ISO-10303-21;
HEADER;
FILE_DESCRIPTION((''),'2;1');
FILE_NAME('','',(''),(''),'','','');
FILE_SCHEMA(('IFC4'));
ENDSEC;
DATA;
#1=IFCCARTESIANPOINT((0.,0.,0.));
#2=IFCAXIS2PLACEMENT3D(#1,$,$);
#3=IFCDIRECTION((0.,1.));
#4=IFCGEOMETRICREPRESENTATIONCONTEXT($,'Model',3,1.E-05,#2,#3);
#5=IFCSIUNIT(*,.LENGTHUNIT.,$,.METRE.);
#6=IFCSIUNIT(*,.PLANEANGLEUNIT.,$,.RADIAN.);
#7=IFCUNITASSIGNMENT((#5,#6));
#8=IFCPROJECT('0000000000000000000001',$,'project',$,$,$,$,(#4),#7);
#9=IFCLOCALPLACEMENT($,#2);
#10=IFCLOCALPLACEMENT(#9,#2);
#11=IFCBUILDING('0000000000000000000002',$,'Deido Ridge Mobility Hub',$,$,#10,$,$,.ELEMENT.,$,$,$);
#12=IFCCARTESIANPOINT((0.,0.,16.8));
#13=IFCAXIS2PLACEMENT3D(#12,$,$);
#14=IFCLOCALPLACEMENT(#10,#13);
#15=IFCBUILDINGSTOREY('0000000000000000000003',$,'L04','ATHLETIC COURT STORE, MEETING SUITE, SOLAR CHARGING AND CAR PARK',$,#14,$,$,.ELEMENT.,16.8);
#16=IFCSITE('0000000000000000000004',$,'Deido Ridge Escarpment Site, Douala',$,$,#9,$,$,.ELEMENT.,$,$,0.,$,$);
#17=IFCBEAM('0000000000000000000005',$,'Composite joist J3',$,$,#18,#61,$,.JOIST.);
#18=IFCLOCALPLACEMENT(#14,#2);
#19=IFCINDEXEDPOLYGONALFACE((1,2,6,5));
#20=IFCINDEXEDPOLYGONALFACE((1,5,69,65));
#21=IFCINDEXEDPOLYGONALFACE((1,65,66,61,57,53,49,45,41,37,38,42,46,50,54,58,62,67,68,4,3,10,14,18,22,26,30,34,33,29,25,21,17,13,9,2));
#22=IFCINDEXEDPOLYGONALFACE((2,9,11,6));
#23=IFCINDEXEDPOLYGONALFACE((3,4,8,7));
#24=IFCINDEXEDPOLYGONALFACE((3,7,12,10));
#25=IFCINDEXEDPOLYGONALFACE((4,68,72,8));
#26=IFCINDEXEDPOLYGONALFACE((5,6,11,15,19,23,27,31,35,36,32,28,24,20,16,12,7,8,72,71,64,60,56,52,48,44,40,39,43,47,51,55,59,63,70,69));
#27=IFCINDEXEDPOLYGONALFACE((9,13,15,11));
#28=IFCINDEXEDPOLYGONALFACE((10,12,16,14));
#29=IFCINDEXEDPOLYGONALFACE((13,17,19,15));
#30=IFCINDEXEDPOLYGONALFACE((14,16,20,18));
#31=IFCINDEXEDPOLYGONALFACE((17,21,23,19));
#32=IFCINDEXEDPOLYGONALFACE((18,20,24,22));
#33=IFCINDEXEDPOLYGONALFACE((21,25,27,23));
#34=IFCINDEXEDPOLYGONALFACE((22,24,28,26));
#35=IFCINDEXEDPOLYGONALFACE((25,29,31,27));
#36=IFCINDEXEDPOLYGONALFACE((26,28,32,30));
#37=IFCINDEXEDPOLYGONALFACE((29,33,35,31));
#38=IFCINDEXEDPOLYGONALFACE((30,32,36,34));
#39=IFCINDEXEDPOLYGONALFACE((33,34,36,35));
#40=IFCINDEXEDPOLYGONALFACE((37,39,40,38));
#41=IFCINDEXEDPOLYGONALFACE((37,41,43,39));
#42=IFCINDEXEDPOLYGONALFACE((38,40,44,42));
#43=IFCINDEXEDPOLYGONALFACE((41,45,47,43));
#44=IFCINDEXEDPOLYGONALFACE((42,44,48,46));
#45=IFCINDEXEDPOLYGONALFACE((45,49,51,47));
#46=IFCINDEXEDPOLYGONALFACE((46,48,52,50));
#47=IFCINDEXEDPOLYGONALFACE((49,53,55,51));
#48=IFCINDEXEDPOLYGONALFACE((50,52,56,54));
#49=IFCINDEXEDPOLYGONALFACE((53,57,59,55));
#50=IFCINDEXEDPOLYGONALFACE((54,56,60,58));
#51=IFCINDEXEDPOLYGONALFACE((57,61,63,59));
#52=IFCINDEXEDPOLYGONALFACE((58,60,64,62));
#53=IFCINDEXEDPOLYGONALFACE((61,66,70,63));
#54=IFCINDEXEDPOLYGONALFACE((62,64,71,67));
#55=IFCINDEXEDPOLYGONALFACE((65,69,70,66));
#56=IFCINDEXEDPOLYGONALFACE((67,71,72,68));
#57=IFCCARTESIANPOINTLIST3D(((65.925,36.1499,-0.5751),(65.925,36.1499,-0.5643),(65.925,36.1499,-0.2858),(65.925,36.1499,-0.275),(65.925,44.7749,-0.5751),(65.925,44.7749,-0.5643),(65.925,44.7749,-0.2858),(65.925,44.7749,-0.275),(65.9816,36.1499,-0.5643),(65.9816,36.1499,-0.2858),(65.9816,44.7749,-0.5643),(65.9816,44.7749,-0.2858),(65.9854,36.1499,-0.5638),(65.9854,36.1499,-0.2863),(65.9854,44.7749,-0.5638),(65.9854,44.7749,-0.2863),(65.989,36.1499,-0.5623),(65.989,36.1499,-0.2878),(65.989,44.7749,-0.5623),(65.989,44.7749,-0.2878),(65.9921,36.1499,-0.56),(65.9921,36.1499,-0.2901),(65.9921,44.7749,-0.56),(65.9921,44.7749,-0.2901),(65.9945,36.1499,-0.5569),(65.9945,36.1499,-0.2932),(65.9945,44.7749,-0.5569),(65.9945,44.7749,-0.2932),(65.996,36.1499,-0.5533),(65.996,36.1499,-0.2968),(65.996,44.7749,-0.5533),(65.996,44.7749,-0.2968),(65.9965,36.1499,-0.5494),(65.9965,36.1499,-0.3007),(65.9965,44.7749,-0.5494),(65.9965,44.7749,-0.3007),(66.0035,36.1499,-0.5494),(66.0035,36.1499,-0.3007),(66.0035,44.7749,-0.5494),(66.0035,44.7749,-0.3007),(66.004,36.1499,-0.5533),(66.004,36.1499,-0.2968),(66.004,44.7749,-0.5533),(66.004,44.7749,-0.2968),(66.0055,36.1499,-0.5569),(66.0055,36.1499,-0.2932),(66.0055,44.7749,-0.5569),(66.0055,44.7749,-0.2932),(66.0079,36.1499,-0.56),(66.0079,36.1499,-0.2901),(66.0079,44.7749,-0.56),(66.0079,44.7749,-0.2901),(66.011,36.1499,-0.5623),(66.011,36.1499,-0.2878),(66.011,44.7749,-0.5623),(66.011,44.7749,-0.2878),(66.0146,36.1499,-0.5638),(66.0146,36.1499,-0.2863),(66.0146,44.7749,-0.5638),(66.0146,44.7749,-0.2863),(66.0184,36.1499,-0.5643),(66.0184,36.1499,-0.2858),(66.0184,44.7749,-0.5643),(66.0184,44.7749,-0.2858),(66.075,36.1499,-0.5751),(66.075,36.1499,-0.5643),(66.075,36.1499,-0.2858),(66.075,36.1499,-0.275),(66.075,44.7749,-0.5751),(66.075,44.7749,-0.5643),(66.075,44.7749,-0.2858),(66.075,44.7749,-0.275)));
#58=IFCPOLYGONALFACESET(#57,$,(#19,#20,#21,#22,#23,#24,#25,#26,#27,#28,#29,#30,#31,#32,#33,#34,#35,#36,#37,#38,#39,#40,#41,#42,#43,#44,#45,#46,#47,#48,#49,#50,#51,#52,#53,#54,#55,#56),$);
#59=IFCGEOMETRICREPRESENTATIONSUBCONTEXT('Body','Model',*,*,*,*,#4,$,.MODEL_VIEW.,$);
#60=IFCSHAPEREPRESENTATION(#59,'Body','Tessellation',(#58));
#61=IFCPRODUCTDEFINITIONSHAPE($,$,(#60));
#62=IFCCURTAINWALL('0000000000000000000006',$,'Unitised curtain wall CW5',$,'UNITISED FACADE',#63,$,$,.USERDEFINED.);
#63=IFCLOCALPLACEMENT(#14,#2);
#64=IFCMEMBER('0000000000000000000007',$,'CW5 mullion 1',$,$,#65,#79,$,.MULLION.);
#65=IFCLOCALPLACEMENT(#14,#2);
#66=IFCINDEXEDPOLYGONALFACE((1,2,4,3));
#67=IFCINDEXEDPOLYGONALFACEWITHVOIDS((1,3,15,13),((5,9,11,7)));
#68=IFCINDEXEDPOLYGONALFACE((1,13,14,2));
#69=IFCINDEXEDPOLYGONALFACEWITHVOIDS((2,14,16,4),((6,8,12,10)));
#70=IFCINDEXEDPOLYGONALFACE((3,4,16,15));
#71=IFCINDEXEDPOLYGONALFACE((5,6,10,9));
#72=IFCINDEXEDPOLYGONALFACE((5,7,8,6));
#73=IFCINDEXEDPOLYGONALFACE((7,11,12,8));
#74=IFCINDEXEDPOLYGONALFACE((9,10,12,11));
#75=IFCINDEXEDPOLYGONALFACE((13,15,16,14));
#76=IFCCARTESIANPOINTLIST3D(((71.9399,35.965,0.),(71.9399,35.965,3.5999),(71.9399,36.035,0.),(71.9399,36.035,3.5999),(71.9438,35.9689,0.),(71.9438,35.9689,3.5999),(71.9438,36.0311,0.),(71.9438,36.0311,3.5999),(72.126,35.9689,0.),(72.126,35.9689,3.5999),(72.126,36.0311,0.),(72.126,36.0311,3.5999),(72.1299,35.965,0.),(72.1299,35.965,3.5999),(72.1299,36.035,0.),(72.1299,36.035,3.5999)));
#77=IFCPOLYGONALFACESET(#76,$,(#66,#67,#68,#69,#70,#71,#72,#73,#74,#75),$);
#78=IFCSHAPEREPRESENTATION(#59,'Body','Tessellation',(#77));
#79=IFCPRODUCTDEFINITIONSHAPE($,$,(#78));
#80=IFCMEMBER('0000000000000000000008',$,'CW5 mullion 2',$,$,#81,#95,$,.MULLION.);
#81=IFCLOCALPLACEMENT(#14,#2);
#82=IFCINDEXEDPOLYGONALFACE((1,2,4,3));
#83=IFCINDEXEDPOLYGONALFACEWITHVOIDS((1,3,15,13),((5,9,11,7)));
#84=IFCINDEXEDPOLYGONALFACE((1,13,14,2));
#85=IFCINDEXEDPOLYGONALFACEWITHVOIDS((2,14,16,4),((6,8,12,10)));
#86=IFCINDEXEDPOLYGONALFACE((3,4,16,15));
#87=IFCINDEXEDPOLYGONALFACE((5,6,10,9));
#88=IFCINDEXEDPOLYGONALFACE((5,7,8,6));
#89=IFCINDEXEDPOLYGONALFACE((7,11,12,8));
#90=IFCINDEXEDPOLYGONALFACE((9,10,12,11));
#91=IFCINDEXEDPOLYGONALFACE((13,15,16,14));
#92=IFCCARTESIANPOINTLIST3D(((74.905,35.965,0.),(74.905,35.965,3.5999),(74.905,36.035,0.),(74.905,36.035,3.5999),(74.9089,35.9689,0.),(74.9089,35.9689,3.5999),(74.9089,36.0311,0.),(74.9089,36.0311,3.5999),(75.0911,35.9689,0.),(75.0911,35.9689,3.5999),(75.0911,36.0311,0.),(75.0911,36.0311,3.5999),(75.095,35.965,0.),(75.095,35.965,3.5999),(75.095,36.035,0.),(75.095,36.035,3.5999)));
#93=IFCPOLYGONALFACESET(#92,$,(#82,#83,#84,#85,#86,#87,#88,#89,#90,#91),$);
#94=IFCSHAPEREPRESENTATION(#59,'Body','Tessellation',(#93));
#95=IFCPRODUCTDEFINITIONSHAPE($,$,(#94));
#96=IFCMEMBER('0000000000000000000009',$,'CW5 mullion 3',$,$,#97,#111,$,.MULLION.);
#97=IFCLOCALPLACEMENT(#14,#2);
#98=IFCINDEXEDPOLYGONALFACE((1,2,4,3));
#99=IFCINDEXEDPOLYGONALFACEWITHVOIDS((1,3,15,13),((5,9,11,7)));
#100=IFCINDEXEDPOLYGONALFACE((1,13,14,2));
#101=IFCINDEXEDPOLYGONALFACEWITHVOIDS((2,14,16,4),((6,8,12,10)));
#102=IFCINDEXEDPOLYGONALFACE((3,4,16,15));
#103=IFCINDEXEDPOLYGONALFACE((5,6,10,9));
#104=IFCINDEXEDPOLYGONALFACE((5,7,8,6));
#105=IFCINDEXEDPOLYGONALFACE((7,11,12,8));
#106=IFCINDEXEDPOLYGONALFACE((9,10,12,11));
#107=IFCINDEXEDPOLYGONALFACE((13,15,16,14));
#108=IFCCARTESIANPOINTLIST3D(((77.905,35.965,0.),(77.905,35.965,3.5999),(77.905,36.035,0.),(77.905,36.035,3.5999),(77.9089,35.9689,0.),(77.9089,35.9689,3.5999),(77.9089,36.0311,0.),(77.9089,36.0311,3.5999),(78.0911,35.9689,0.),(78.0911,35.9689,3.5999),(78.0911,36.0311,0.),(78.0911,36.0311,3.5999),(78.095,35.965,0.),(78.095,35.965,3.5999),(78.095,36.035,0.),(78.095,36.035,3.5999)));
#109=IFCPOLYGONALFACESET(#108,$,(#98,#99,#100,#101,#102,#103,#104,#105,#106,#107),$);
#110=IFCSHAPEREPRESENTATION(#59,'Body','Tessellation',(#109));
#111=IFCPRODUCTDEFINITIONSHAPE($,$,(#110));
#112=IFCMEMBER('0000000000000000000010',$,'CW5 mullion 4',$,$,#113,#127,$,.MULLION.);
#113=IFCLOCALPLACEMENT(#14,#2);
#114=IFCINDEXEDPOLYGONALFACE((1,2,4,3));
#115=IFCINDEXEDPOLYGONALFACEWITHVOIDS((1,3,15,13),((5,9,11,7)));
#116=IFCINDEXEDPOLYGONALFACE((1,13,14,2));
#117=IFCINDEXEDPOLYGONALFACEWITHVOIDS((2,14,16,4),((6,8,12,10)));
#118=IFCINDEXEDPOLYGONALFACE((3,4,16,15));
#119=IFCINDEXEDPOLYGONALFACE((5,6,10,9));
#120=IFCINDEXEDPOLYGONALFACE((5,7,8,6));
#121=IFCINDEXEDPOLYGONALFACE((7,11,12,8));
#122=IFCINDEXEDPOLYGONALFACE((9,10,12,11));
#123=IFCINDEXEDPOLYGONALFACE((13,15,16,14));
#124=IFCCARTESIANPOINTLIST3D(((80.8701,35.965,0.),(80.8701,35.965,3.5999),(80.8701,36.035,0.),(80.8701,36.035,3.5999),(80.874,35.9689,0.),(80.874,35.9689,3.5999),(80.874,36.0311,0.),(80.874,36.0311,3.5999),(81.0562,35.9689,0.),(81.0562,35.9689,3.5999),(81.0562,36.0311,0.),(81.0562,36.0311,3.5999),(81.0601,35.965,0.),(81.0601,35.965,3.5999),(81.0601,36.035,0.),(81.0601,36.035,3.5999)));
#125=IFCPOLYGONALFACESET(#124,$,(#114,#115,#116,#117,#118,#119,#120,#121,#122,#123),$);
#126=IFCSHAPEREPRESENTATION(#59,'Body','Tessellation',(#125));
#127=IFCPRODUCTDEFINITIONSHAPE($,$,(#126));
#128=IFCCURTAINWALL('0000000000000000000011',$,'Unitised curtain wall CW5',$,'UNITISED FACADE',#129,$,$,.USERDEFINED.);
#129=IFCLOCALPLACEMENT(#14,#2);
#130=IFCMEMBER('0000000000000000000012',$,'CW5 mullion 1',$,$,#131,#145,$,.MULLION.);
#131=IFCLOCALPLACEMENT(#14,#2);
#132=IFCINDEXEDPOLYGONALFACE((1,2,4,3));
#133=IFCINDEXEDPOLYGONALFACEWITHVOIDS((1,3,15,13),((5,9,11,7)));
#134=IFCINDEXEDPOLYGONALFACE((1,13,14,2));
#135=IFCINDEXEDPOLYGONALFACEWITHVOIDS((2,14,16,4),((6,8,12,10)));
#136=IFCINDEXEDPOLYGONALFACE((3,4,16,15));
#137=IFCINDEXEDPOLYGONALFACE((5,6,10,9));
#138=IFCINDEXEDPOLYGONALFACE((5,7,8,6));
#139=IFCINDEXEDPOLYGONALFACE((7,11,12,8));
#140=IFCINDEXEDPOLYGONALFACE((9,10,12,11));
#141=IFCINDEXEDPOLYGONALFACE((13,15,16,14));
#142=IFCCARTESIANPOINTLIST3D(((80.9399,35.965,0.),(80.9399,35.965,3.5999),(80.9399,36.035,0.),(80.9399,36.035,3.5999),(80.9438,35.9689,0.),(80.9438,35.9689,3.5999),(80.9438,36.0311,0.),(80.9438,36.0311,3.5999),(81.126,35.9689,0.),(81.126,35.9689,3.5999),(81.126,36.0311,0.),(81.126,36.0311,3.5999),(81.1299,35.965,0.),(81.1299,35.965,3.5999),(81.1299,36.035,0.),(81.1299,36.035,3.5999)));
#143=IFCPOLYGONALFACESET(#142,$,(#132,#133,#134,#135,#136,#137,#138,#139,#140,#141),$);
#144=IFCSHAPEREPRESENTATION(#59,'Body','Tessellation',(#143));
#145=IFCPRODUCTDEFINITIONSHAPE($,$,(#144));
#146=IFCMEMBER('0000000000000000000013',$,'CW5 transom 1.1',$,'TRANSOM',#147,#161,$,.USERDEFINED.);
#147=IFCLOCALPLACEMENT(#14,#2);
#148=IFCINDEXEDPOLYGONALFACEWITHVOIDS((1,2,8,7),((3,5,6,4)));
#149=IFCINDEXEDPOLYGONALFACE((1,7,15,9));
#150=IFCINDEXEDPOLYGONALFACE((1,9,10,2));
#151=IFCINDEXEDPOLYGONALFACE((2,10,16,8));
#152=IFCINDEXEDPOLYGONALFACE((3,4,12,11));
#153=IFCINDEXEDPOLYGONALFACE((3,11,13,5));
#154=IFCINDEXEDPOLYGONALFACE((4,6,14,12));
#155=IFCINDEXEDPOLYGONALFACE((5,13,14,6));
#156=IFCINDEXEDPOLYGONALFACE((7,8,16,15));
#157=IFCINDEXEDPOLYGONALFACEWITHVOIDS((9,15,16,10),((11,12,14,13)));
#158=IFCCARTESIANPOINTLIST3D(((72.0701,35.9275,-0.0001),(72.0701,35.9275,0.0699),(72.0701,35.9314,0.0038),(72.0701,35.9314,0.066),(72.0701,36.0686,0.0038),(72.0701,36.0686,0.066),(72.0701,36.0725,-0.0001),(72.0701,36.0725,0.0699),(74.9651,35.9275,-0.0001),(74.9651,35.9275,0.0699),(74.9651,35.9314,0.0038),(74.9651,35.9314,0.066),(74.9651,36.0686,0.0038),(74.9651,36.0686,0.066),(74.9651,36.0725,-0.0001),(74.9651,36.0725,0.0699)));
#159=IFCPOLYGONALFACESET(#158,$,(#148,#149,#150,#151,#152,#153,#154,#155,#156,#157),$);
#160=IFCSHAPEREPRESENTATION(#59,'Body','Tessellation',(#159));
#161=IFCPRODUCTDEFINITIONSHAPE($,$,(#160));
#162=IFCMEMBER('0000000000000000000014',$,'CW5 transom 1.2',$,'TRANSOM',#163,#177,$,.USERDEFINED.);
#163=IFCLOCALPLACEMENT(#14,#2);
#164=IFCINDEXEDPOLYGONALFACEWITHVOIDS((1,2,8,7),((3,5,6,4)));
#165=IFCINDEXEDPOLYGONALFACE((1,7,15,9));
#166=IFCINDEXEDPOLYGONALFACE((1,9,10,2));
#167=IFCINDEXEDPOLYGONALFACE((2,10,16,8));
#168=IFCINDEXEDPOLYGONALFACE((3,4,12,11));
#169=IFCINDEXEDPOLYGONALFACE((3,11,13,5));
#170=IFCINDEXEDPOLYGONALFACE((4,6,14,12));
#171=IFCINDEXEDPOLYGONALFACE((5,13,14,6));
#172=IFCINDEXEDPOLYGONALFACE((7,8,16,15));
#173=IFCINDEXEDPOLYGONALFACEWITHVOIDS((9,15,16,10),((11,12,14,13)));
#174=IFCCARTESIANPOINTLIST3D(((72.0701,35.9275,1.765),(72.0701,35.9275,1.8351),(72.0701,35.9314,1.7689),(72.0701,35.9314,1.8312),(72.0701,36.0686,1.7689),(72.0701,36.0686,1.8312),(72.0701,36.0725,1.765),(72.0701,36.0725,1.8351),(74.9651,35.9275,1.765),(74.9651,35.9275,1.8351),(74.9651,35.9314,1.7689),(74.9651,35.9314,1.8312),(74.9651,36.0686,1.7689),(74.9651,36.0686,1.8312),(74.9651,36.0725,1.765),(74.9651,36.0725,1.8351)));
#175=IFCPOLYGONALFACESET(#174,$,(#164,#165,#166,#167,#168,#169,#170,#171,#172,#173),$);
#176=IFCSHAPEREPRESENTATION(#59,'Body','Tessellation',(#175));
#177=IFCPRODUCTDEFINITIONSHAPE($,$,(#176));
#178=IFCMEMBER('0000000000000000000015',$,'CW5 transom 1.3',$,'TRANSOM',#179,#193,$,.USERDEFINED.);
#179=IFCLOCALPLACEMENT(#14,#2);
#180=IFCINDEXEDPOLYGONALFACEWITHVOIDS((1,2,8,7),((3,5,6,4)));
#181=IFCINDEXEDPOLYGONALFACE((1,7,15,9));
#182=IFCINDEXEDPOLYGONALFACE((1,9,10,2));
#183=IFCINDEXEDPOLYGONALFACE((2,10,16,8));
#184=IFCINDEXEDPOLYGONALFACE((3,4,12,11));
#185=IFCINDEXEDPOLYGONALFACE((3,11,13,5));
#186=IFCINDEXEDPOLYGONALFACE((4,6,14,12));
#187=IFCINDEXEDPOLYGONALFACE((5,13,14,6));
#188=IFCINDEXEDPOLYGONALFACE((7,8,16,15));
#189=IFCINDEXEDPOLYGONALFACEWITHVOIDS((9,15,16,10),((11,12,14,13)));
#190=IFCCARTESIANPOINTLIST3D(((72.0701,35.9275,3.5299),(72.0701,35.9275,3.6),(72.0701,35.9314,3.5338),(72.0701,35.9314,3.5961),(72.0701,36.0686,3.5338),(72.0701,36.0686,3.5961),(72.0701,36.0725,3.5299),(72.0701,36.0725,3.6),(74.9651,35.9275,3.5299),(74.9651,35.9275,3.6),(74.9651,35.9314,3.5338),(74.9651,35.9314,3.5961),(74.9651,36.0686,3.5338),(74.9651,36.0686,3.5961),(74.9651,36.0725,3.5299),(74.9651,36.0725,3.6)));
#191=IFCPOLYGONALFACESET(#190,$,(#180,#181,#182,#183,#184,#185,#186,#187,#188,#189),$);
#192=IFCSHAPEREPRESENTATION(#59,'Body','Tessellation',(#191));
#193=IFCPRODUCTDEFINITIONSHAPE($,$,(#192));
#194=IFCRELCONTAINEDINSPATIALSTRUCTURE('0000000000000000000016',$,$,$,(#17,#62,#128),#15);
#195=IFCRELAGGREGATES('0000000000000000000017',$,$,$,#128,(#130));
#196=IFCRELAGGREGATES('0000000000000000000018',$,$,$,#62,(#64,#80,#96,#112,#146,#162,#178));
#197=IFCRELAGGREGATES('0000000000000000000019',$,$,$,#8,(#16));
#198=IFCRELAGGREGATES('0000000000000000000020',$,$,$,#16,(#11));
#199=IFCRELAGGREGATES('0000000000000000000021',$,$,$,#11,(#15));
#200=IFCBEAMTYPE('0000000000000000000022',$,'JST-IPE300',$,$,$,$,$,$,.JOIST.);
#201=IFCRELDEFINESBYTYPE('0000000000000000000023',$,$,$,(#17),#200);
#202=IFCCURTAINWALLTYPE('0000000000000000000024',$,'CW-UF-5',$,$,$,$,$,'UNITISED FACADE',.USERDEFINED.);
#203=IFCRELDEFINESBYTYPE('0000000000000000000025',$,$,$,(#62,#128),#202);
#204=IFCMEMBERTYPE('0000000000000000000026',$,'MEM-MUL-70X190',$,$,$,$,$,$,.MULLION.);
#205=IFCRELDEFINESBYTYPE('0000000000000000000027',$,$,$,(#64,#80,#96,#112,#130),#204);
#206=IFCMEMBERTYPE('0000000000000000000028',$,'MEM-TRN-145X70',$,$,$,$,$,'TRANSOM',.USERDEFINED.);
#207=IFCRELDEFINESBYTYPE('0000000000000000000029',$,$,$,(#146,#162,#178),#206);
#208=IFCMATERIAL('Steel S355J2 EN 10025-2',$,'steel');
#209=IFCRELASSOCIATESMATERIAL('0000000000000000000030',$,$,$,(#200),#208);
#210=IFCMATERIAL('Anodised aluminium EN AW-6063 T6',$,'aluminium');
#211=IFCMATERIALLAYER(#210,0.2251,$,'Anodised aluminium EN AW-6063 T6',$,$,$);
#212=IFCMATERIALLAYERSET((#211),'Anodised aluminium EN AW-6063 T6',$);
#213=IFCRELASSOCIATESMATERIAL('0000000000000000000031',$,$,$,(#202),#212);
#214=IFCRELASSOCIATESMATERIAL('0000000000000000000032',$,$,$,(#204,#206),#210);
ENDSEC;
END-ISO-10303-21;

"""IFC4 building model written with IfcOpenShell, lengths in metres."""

from ifc_helpers import new_model, si_unit, direction, frame, origin, origin_2d, place, context, subcontext, project, spatial, hollow_rectangle, i_section, extrude, material, layer, layer_set, material_profile, profile_set, type_object, element, aggregate, save


model = new_model("IFC4")

# Units and contexts
model_context = context("Model", 3, precision=1e-05, world=origin(), true_north=direction((0.0, 1.0)))
body_context = subcontext(model_context, "Body", "Model", "MODEL_VIEW")
ifc_project = project(units=[si_unit("LENGTHUNIT", "METRE"), si_unit("PLANEANGLEUNIT", "RADIAN")], contexts=[model_context])

# Site, building, storey
site_placement = place(None, origin())
site = spatial("IfcSite", under=ifc_project, at=site_placement, Name="Deido Ridge Escarpment Site, Douala", CompositionType="ELEMENT", RefElevation=0.0)
building_placement = place(site_placement, origin())
building = spatial("IfcBuilding", under=site, at=building_placement, Name="Deido Ridge Mobility Hub", CompositionType="ELEMENT")
storey_placement = place(building_placement, frame((0.0, 0.0, 16.8)))
storey = spatial("IfcBuildingStorey", under=building, at=storey_placement, Name="L04", Description="ATHLETIC COURT STORE, MEETING SUITE, SOLAR CHARGING AND CAR PARK", CompositionType="ELEMENT", Elevation=16.8)

# Beam
ifc_material_1 = material(Name="Steel S355J2 EN 10025-2", Category="steel")
ifc_material_profile_1 = material_profile(ifc_material_1, i_section(OverallWidth=0.1499, OverallDepth=0.3, WebThickness=0.0071, FlangeThickness=0.0107, FilletRadius=0.0149, at=origin_2d()), Name="IPE 300")
ifc_profile_set_1 = profile_set([ifc_material_profile_1], Name="Steel S355J2 EN 10025-2")
beam_type_1 = type_object("IfcBeamType", Name="JST-IPE300", PredefinedType="JOIST", material=ifc_profile_set_1)
beam_placement = place(storey_placement, frame((66.0, 36.1499, -0.425), z_axis=(0.0, 1.0, 0.0), x_axis=(-1.0, 0.0, 0.0)))
element("IfcBeam", 1, at=beam_placement, inside=storey, type_object=beam_type_1, Name="Composite joist J3", PredefinedType="JOIST", context=body_context, shape_type="SweptSolid", body=[
    extrude(i_section(OverallWidth=0.1499, OverallDepth=0.3, WebThickness=0.0071, FlangeThickness=0.0107, FilletRadius=0.0149, at=origin_2d()), origin(), (0.0, 0.0, 1.0), 8.625),
])

# Curtain wall, members
ifc_material_2 = material(Name="Anodised aluminium EN AW-6063 T6", Category="aluminium")
ifc_layer_1 = layer(ifc_material_2, 0.2251, Name="Anodised aluminium EN AW-6063 T6")
ifc_layer_set_1 = layer_set([ifc_layer_1], Name="Anodised aluminium EN AW-6063 T6")
curtain_wall_type = type_object("IfcCurtainWallType", Name="CW-UF-5", ElementType="UNITISED FACADE", PredefinedType="USERDEFINED", material=ifc_layer_set_1)
curtain_wall_1_placement = place(storey_placement, origin())
curtain_wall_1 = element("IfcCurtainWall", 2, at=curtain_wall_1_placement, inside=storey, type_object=curtain_wall_type, Name="Unitised curtain wall CW5", ObjectType="UNITISED FACADE", PredefinedType="USERDEFINED")
ifc_material_profile_2 = material_profile(ifc_material_2, hollow_rectangle(XDim=0.0701, YDim=0.1899, WallThickness=0.0039, at=origin_2d()), Name="RHS 70x190x4")
ifc_profile_set_2 = profile_set([ifc_material_profile_2], Name="Anodised aluminium EN AW-6063 T6")
member_type_1 = type_object("IfcMemberType", Name="MEM-MUL-70X190", PredefinedType="MULLION", material=ifc_profile_set_2)
member_1_placement = place(storey_placement, frame((72.0349, 36.0, 0.0), z_axis=(0.0, 0.0, 1.0), x_axis=(0.0, 1.0, 0.0)))
member_1 = element("IfcMember", 3, at=member_1_placement, type_object=member_type_1, Name="CW5 mullion 1", PredefinedType="MULLION", context=body_context, shape_type="SweptSolid", body=[
    extrude(hollow_rectangle(XDim=0.0701, YDim=0.1899, WallThickness=0.0039, at=origin_2d()), origin(), (0.0, 0.0, 1.0), 3.5999),
])
member_2_placement = place(storey_placement, frame((75.0, 36.0, 0.0), z_axis=(0.0, 0.0, 1.0), x_axis=(0.0, 1.0, 0.0)))
member_2 = element("IfcMember", 4, at=member_2_placement, type_object=member_type_1, Name="CW5 mullion 2", PredefinedType="MULLION", context=body_context, shape_type="SweptSolid", body=[
    extrude(hollow_rectangle(XDim=0.0701, YDim=0.1899, WallThickness=0.0039, at=origin_2d()), origin(), (0.0, 0.0, 1.0), 3.5999),
])
member_3_placement = place(storey_placement, frame((78.0, 36.0, 0.0), z_axis=(0.0, 0.0, 1.0), x_axis=(0.0, 1.0, 0.0)))
member_3 = element("IfcMember", 5, at=member_3_placement, type_object=member_type_1, Name="CW5 mullion 3", PredefinedType="MULLION", context=body_context, shape_type="SweptSolid", body=[
    extrude(hollow_rectangle(XDim=0.0701, YDim=0.1899, WallThickness=0.0039, at=origin_2d()), origin(), (0.0, 0.0, 1.0), 3.5999),
])
member_4_placement = place(storey_placement, frame((80.9651, 36.0, 0.0), z_axis=(0.0, 0.0, 1.0), x_axis=(0.0, 1.0, 0.0)))
member_4 = element("IfcMember", 6, at=member_4_placement, type_object=member_type_1, Name="CW5 mullion 4", PredefinedType="MULLION", context=body_context, shape_type="SweptSolid", body=[
    extrude(hollow_rectangle(XDim=0.0701, YDim=0.1899, WallThickness=0.0039, at=origin_2d()), origin(), (0.0, 0.0, 1.0), 3.5999),
])

# Curtain wall, member
curtain_wall_2_placement = place(storey_placement, origin())
curtain_wall_2 = element("IfcCurtainWall", 7, at=curtain_wall_2_placement, inside=storey, type_object=curtain_wall_type, Name="Unitised curtain wall CW5", ObjectType="UNITISED FACADE", PredefinedType="USERDEFINED")
member_5_placement = place(storey_placement, frame((81.0349, 36.0, 0.0), z_axis=(0.0, 0.0, 1.0), x_axis=(0.0, 1.0, 0.0)))
member_5 = element("IfcMember", 8, at=member_5_placement, type_object=member_type_1, Name="CW5 mullion 1", PredefinedType="MULLION", context=body_context, shape_type="SweptSolid", body=[
    extrude(hollow_rectangle(XDim=0.0701, YDim=0.1899, WallThickness=0.0039, at=origin_2d()), origin(), (0.0, 0.0, 1.0), 3.5999),
])
aggregate(curtain_wall_2, [member_5])

# Members
ifc_material_profile_3 = material_profile(ifc_material_2, hollow_rectangle(XDim=0.145, YDim=0.0701, WallThickness=0.0039, at=origin_2d()), Name="RHS 145x70x4")
ifc_profile_set_3 = profile_set([ifc_material_profile_3], Name="Anodised aluminium EN AW-6063 T6")
member_type_2 = type_object("IfcMemberType", Name="MEM-TRN-145X70", ElementType="TRANSOM", PredefinedType="USERDEFINED", material=ifc_profile_set_3)
member_6_placement = place(storey_placement, frame((72.0701, 36.0, 0.0349), z_axis=(1.0, 0.0, 0.0), x_axis=(0.0, 1.0, 0.0)))
member_6 = element("IfcMember", 9, at=member_6_placement, type_object=member_type_2, Name="CW5 transom 1.1", ObjectType="TRANSOM", PredefinedType="USERDEFINED", context=body_context, shape_type="SweptSolid", body=[
    extrude(hollow_rectangle(XDim=0.145, YDim=0.0701, WallThickness=0.0039, at=origin_2d()), origin(), (0.0, 0.0, 1.0), 2.895),
])
member_7_placement = place(storey_placement, frame((72.0701, 36.0, 1.8), z_axis=(1.0, 0.0, 0.0), x_axis=(0.0, 1.0, 0.0)))
member_7 = element("IfcMember", 10, at=member_7_placement, type_object=member_type_2, Name="CW5 transom 1.2", ObjectType="TRANSOM", PredefinedType="USERDEFINED", context=body_context, shape_type="SweptSolid", body=[
    extrude(hollow_rectangle(XDim=0.145, YDim=0.0701, WallThickness=0.0039, at=origin_2d()), origin(), (0.0, 0.0, 1.0), 2.895),
])
member_8_placement = place(storey_placement, frame((72.0701, 36.0, 3.5649), z_axis=(1.0, 0.0, 0.0), x_axis=(0.0, 1.0, 0.0)))
member_8 = element("IfcMember", 11, at=member_8_placement, type_object=member_type_2, Name="CW5 transom 1.3", ObjectType="TRANSOM", PredefinedType="USERDEFINED", context=body_context, shape_type="SweptSolid", body=[
    extrude(hollow_rectangle(XDim=0.145, YDim=0.0701, WallThickness=0.0039, at=origin_2d()), origin(), (0.0, 0.0, 1.0), 2.895),
])

aggregate(curtain_wall_1, [member_1, member_2, member_3, member_4, member_6, member_7, member_8])

save(model, "model.ifc")
